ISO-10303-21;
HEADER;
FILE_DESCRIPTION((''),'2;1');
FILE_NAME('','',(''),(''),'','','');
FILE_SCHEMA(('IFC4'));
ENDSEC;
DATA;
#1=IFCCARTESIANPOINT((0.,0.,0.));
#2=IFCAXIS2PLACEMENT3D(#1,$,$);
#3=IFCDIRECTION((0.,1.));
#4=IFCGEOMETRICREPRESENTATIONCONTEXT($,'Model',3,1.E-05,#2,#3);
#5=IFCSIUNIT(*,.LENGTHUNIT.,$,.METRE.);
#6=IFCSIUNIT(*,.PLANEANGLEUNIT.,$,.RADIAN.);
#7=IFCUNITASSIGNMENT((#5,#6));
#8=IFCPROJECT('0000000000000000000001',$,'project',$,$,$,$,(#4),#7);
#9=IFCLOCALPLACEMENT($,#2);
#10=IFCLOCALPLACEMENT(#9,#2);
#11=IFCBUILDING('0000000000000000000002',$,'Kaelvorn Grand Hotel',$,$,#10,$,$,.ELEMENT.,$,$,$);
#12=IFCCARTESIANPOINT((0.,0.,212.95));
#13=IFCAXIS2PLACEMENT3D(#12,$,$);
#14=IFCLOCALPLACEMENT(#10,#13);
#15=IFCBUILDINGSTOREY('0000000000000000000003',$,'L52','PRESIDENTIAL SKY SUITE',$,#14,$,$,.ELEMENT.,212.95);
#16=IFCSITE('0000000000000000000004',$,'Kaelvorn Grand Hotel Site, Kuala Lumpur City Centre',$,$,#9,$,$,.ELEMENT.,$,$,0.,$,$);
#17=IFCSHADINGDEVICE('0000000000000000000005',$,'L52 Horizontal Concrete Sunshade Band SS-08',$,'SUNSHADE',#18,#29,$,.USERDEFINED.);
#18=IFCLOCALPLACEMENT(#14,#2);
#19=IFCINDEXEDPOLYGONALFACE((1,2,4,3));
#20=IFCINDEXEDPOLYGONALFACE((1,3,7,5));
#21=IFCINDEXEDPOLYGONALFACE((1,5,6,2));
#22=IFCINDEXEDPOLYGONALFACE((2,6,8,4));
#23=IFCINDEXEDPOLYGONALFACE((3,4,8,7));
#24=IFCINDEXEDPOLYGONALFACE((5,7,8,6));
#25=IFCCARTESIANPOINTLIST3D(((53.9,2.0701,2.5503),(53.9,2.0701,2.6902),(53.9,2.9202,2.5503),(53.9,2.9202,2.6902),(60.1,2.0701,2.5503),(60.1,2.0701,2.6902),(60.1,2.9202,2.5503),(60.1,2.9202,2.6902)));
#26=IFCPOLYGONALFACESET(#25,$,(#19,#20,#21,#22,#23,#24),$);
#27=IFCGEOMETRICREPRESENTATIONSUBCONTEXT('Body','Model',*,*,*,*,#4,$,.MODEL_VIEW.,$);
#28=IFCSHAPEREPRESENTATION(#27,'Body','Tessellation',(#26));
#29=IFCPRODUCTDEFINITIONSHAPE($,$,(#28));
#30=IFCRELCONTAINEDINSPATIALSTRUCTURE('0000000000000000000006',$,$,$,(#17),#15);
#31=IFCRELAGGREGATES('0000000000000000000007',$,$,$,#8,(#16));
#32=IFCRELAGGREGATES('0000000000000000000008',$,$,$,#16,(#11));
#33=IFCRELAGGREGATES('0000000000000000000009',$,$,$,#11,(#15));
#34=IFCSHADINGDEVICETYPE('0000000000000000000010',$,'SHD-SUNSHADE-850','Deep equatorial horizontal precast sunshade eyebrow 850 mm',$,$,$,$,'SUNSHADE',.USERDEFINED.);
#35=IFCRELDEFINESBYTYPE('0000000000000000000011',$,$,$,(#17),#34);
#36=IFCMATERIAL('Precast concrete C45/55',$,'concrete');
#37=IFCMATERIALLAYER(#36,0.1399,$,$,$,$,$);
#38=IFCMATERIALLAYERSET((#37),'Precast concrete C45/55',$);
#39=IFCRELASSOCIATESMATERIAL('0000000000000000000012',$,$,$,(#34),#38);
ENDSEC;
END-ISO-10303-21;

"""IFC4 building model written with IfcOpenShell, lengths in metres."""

from ifc_helpers import new_model, si_unit, direction, frame, origin, origin_2d, place, context, subcontext, project, spatial, rectangle, extrude, material, layer, layer_set, type_object, element, save


model = new_model("IFC4")

# Units and contexts
model_context = context("Model", 3, precision=1e-05, world=origin(), true_north=direction((0.0, 1.0)))
body_context = subcontext(model_context, "Body", "Model", "MODEL_VIEW")
ifc_project = project(units=[si_unit("LENGTHUNIT", "METRE"), si_unit("PLANEANGLEUNIT", "RADIAN")], contexts=[model_context])

# Site, building, storey
site_placement = place(None, origin())
site = spatial("IfcSite", under=ifc_project, at=site_placement, Name="Kaelvorn Grand Hotel Site, Kuala Lumpur City Centre", CompositionType="ELEMENT", RefElevation=0.0)
building_placement = place(site_placement, origin())
building = spatial("IfcBuilding", under=site, at=building_placement, Name="Kaelvorn Grand Hotel", CompositionType="ELEMENT")
storey_placement = place(building_placement, frame((0.0, 0.0, 212.95)))
storey = spatial("IfcBuildingStorey", under=building, at=storey_placement, Name="L52", Description="PRESIDENTIAL SKY SUITE", CompositionType="ELEMENT", Elevation=212.95)

# Shading device
ifc_material_1 = material(Name="Precast concrete C45/55", Category="concrete")
ifc_layer_1 = layer(ifc_material_1, 0.1399)
ifc_layer_set_1 = layer_set([ifc_layer_1], Name="Precast concrete C45/55")
shading_device_type_1 = type_object("IfcShadingDeviceType", Name="SHD-SUNSHADE-850", Description="Deep equatorial horizontal precast sunshade eyebrow 850 mm", ElementType="SUNSHADE", PredefinedType="USERDEFINED", material=ifc_layer_set_1)
shading_device_placement = place(storey_placement, frame((57.0, 2.4951, 2.5503), z_axis=(0.0, 0.0, 1.0), x_axis=(1.0, 0.0, 0.0)))
element("IfcShadingDevice", 1, at=shading_device_placement, inside=storey, type_object=shading_device_type_1, Name="L52 Horizontal Concrete Sunshade Band SS-08", ObjectType="SUNSHADE", PredefinedType="USERDEFINED", context=body_context, shape_type="SweptSolid", body=[
    extrude(rectangle(XDim=6.2, YDim=0.8501, at=origin_2d()), origin(), (0.0, 0.0, 1.0), 0.1399),
])

save(model, "model.ifc")
